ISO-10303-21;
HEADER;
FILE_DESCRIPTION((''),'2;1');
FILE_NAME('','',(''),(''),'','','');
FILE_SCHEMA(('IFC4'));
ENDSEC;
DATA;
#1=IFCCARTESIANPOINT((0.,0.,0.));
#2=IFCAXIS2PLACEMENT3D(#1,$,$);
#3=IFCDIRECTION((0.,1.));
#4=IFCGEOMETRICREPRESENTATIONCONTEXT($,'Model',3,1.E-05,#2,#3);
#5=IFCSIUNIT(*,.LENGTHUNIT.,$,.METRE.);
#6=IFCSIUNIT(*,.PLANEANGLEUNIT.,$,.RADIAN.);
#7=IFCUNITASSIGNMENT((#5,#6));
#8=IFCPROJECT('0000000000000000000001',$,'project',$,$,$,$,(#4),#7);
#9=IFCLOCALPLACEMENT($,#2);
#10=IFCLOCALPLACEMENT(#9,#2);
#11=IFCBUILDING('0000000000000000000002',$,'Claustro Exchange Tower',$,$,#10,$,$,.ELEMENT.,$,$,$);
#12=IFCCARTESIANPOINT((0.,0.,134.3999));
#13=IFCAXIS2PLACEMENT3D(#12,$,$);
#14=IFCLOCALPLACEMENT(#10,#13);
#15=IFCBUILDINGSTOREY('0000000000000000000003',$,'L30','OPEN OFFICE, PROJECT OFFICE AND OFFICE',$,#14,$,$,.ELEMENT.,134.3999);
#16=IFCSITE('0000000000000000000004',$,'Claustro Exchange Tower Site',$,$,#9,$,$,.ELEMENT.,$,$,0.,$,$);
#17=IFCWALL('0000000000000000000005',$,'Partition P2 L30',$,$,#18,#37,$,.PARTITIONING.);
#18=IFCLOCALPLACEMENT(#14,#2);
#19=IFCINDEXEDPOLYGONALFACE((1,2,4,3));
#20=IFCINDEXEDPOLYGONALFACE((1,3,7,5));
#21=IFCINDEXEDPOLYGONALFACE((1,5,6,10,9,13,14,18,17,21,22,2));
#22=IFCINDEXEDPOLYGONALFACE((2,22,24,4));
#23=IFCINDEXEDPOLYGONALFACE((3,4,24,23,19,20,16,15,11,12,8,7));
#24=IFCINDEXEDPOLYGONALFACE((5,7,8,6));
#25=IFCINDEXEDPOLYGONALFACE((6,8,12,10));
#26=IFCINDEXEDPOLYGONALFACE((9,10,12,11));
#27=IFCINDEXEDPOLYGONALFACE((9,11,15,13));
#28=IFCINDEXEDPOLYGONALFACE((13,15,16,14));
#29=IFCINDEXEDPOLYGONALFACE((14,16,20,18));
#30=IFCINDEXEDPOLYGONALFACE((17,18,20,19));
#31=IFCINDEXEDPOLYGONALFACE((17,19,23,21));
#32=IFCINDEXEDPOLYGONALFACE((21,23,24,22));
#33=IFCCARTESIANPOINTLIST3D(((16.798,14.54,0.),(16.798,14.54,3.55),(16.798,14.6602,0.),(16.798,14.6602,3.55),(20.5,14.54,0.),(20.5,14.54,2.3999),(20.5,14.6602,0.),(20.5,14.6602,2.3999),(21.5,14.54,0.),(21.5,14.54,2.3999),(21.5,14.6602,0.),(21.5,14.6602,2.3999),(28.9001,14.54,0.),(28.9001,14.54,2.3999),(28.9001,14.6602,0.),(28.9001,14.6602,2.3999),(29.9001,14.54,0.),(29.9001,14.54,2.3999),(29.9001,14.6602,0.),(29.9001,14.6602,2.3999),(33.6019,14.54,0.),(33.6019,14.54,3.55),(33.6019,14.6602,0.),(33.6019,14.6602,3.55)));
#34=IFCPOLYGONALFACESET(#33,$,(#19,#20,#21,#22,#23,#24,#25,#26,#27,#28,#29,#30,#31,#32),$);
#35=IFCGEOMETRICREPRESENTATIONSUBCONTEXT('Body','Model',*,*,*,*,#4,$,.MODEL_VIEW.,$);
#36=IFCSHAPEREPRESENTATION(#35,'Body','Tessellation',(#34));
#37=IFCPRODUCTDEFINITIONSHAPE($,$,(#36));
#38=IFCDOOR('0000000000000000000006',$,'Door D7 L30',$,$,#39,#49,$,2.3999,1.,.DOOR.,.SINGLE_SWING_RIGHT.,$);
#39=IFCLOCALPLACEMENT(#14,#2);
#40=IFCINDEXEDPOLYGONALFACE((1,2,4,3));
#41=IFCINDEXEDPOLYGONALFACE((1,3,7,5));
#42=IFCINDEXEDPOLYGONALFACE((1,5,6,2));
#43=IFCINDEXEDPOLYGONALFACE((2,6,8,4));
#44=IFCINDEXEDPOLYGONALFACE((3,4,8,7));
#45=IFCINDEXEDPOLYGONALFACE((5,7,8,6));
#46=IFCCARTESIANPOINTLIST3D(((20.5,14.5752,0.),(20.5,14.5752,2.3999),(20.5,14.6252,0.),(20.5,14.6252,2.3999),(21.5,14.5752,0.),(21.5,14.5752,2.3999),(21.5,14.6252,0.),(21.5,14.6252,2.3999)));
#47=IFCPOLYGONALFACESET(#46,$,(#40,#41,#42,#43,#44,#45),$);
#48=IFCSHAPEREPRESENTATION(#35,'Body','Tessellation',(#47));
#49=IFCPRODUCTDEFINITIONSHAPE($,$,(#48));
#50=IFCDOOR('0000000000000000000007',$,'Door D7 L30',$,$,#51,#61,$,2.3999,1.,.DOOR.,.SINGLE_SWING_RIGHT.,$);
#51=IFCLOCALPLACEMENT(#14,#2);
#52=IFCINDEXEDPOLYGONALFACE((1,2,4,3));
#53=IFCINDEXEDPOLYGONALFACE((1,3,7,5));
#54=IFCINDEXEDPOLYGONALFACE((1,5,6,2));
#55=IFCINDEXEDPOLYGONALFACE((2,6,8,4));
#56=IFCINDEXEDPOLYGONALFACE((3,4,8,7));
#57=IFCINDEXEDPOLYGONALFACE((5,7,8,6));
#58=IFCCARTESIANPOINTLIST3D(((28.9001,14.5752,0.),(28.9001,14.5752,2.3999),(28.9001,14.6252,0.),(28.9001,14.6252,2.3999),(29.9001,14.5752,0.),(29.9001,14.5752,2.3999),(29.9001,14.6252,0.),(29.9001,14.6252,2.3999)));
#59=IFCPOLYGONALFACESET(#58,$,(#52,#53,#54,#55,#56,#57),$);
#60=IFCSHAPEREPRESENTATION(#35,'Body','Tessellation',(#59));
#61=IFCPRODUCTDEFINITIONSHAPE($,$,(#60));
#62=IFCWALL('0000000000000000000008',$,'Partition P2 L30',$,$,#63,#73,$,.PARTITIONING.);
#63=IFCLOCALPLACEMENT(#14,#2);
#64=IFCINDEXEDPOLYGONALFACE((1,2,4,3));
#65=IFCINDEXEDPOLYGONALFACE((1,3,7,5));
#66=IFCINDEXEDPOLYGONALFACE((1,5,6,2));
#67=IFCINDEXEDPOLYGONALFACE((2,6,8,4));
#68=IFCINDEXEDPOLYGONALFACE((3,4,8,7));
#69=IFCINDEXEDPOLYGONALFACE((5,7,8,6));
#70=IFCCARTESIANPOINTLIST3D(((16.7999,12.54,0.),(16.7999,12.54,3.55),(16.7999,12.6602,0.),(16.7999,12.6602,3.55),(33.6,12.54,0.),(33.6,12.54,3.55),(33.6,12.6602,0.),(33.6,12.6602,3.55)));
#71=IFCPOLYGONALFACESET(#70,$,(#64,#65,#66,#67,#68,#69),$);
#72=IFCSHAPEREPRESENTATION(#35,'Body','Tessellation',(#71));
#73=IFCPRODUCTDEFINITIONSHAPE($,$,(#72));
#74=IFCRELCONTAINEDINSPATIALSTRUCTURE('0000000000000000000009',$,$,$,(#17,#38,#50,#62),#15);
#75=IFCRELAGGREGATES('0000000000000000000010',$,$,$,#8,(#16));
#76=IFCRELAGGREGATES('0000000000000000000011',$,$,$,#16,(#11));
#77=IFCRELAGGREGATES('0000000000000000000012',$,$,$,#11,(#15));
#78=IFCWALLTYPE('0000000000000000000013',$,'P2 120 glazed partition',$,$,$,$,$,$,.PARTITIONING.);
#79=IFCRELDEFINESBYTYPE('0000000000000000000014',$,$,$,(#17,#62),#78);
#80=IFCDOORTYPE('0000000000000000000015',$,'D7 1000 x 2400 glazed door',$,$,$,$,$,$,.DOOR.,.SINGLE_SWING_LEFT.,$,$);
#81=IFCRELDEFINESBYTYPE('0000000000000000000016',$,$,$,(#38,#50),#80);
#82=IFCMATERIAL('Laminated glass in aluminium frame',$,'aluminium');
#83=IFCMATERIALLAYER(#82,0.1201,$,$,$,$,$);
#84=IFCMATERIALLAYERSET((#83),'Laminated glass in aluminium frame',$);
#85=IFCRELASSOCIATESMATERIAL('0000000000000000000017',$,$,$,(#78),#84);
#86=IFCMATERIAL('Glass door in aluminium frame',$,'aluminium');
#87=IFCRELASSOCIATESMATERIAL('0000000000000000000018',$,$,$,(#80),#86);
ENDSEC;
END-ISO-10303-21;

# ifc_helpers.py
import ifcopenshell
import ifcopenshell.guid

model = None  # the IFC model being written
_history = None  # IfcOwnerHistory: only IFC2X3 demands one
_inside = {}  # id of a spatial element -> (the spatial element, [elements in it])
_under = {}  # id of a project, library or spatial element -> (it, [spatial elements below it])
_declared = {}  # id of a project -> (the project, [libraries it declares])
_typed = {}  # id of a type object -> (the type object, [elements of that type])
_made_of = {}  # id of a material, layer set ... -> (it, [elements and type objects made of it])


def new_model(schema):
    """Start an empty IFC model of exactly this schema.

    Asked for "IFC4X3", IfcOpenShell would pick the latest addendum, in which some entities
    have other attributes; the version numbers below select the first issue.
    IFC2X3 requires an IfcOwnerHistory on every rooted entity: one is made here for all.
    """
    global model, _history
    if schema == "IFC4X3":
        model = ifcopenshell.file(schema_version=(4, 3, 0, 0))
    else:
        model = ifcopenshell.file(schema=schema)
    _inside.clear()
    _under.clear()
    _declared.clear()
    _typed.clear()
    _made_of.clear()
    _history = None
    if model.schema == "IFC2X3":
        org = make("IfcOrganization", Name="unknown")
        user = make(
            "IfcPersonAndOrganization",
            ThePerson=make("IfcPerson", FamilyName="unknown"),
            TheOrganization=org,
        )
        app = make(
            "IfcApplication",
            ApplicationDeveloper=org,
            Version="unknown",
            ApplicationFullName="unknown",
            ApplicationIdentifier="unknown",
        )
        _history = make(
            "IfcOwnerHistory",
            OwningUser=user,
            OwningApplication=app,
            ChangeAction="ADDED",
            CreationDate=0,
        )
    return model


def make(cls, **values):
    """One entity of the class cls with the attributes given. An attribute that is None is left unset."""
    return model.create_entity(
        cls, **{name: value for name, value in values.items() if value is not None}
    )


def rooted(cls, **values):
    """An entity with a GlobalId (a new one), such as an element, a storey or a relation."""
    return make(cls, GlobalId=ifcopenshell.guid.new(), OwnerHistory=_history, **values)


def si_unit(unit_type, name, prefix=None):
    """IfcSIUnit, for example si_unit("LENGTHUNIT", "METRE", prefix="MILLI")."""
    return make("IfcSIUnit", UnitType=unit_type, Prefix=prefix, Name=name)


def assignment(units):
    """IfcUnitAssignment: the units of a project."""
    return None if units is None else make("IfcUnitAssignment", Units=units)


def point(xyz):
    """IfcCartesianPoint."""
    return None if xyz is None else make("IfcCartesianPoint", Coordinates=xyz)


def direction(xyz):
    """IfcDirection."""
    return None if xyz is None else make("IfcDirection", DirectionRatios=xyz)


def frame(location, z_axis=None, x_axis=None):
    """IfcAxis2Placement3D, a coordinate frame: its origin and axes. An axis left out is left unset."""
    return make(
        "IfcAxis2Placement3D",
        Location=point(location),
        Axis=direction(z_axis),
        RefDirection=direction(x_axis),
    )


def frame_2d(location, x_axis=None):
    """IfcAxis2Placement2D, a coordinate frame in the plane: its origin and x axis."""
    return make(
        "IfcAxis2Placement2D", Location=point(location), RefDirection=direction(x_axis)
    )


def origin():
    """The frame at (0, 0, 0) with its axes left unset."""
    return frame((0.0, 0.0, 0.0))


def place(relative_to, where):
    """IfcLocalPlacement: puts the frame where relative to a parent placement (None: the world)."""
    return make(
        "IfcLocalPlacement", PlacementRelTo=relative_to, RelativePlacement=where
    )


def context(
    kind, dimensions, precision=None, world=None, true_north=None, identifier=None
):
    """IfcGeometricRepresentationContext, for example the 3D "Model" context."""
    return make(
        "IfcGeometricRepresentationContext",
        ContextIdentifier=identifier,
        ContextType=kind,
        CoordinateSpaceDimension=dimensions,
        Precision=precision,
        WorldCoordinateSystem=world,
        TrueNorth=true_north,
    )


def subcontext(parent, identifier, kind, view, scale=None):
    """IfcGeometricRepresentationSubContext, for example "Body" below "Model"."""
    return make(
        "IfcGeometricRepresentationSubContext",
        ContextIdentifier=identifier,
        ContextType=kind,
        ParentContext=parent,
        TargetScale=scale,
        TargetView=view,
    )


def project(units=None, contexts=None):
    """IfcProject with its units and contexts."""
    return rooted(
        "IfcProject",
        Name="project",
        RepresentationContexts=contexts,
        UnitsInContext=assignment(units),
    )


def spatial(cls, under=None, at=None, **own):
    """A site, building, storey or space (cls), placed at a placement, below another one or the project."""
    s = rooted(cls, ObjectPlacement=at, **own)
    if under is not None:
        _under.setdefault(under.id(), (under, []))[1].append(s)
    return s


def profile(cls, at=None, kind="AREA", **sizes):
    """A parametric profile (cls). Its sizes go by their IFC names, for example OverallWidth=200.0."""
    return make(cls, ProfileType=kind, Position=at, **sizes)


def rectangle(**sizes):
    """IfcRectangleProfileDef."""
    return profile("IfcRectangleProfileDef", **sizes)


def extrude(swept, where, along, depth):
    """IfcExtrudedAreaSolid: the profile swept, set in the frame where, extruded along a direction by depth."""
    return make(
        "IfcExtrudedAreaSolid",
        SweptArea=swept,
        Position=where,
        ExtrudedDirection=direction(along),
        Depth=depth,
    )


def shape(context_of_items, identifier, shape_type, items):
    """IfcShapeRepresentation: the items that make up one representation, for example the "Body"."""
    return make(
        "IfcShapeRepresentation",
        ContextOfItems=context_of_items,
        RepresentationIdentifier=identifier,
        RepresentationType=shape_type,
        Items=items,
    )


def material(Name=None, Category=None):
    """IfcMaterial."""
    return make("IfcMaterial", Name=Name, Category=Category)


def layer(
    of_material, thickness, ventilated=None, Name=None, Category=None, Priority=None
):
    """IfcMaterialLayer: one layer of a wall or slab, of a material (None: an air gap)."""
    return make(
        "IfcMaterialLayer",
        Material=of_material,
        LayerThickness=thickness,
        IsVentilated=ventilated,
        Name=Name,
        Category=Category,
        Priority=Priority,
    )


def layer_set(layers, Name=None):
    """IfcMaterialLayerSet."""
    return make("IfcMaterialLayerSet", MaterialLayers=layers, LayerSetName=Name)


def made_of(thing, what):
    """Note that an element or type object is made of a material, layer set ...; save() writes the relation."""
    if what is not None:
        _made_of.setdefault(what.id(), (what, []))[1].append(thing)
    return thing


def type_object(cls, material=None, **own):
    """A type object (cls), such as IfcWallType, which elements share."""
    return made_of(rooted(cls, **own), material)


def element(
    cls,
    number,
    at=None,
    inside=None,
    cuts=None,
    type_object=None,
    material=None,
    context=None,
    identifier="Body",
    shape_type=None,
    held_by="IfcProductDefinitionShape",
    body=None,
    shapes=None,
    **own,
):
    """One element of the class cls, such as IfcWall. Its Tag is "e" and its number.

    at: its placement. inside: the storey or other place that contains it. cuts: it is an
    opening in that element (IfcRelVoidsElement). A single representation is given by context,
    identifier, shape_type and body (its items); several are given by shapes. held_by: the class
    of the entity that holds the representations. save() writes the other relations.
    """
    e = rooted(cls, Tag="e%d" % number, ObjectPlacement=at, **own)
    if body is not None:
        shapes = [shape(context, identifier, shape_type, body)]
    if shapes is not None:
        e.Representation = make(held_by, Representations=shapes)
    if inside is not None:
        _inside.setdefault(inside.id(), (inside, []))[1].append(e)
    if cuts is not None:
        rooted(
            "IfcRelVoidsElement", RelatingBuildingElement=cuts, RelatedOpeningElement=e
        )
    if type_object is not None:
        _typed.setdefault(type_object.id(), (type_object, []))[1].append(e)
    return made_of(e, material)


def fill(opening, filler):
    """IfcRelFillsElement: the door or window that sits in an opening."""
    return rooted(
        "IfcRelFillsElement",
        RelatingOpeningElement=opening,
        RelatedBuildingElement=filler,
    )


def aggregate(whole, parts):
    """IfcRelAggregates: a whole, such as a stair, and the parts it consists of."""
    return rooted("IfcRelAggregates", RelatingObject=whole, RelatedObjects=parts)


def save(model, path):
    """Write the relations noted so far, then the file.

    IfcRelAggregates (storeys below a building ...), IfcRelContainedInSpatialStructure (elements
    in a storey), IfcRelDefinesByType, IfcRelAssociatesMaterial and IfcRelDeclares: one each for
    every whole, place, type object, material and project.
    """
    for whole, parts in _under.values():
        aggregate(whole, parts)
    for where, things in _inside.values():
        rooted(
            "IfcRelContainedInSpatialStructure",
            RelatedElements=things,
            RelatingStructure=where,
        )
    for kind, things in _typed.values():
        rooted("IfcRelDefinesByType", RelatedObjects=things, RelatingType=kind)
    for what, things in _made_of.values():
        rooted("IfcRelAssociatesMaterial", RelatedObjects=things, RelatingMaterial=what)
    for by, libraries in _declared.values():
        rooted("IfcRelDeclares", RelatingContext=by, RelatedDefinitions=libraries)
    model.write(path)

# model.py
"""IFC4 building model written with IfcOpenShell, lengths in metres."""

from ifc_helpers import new_model, si_unit, direction, frame, frame_2d, origin, place, context, subcontext, project, spatial, rectangle, extrude, material, layer, layer_set, type_object, element, fill, save


model = new_model("IFC4")

# Units and contexts
model_context = context("Model", 3, precision=1e-05, world=origin(), true_north=direction((0.0, 1.0)))
body_context = subcontext(model_context, "Body", "Model", "MODEL_VIEW")
ifc_project = project(units=[si_unit("LENGTHUNIT", "METRE"), si_unit("PLANEANGLEUNIT", "RADIAN")], contexts=[model_context])

# Site, building, storey
site_placement = place(None, origin())
site = spatial("IfcSite", under=ifc_project, at=site_placement, Name="Claustro Exchange Tower Site", CompositionType="ELEMENT", RefElevation=0.0)
building_placement = place(site_placement, origin())
building = spatial("IfcBuilding", under=site, at=building_placement, Name="Claustro Exchange Tower", CompositionType="ELEMENT")
storey_placement = place(building_placement, frame((0.0, 0.0, 134.3999)))
storey = spatial("IfcBuildingStorey", under=building, at=storey_placement, Name="L30", Description="OPEN OFFICE, PROJECT OFFICE AND OFFICE", CompositionType="ELEMENT", Elevation=134.3999)

# Shared definitions
ifc_material_1 = material(Name="Laminated glass in aluminium frame", Category="aluminium")
ifc_layer = layer(ifc_material_1, 0.1201)
ifc_layer_set = layer_set([ifc_layer], Name="Laminated glass in aluminium frame")
wall_type = type_object("IfcWallType", Name="P2 120 glazed partition", PredefinedType="PARTITIONING", material=ifc_layer_set)
ifc_material_2 = material(Name="Glass door in aluminium frame", Category="aluminium")
door_type = type_object("IfcDoorType", Name="D7 1000 x 2400 glazed door", OperationType="SINGLE_SWING_LEFT", PredefinedType="DOOR", material=ifc_material_2)

# Wall, openings, doors
wall_1_placement = place(storey_placement, frame((16.7981, 14.6001, 0.0), z_axis=(0.0, 0.0, 1.0), x_axis=(1.0, 0.0, 0.0)))
wall_1 = element("IfcWall", 1, at=wall_1_placement, inside=storey, type_object=wall_type, Name="Partition P2 L30", PredefinedType="PARTITIONING", context=body_context, shape_type="SweptSolid", body=[
    extrude(rectangle(XDim=16.804, YDim=0.1201, at=frame_2d((8.4019, 0.0))), origin(), (0.0, 0.0, 1.0), 3.55),
])
opening_1_placement = place(wall_1_placement, frame((3.7019, 0.0, 0.0)))
opening_1 = element("IfcOpeningElement", 2, at=opening_1_placement, cuts=wall_1, PredefinedType="OPENING", context=body_context, shape_type="SweptSolid", body=[
    extrude(rectangle(XDim=1.0, YDim=2.3999, at=frame_2d((0.5, 1.2))), frame((0.0, 0.0701, 0.0), z_axis=(0.0, -1.0, 0.0), x_axis=(1.0, 0.0, 0.0)), (0.0, 0.0, 1.0), 0.1401),
])
opening_2_placement = place(wall_1_placement, frame((12.1021, 0.0, 0.0)))
opening_2 = element("IfcOpeningElement", 3, at=opening_2_placement, cuts=wall_1, PredefinedType="OPENING", context=body_context, shape_type="SweptSolid", body=[
    extrude(rectangle(XDim=1.0, YDim=2.3999, at=frame_2d((0.5, 1.2))), frame((0.0, 0.0701, 0.0), z_axis=(0.0, -1.0, 0.0), x_axis=(1.0, 0.0, 0.0)), (0.0, 0.0, 1.0), 0.1401),
])
door_1_placement = place(opening_1_placement, frame((1.0, 0.0, 0.0), z_axis=(0.0, 0.0, 1.0), x_axis=(-1.0, 0.0, 0.0)))
door_1 = element("IfcDoor", 4, at=door_1_placement, inside=storey, type_object=door_type, Name="Door D7 L30", OperationType="SINGLE_SWING_RIGHT", OverallHeight=2.3999, OverallWidth=1.0, PredefinedType="DOOR", context=body_context, shape_type="SweptSolid", body=[
    extrude(rectangle(XDim=1.0, YDim=2.3999, at=frame_2d((0.5, 1.2))), frame((0.0, 0.0249, 0.0), z_axis=(0.0, -1.0, 0.0), x_axis=(1.0, 0.0, 0.0)), (0.0, 0.0, 1.0), 0.05),
])
fill(opening_1, door_1)
door_2_placement = place(opening_2_placement, frame((1.0, 0.0, 0.0), z_axis=(0.0, 0.0, 1.0), x_axis=(-1.0, 0.0, 0.0)))
door_2 = element("IfcDoor", 5, at=door_2_placement, inside=storey, type_object=door_type, Name="Door D7 L30", OperationType="SINGLE_SWING_RIGHT", OverallHeight=2.3999, OverallWidth=1.0, PredefinedType="DOOR", context=body_context, shape_type="SweptSolid", body=[
    extrude(rectangle(XDim=1.0, YDim=2.3999, at=frame_2d((0.5, 1.2))), frame((0.0, 0.0249, 0.0), z_axis=(0.0, -1.0, 0.0), x_axis=(1.0, 0.0, 0.0)), (0.0, 0.0, 1.0), 0.05),
])
fill(opening_2, door_2)

# Wall
wall_2_placement = place(storey_placement, frame((16.8, 12.6001, 0.0), z_axis=(0.0, 0.0, 1.0), x_axis=(1.0, 0.0, 0.0)))
element("IfcWall", 6, at=wall_2_placement, inside=storey, type_object=wall_type, Name="Partition P2 L30", PredefinedType="PARTITIONING", context=body_context, shape_type="SweptSolid", body=[
    extrude(rectangle(XDim=16.8, YDim=0.1201, at=frame_2d((8.3999, 0.0))), origin(), (0.0, 0.0, 1.0), 3.55),
])

save(model, "model.ifc")
